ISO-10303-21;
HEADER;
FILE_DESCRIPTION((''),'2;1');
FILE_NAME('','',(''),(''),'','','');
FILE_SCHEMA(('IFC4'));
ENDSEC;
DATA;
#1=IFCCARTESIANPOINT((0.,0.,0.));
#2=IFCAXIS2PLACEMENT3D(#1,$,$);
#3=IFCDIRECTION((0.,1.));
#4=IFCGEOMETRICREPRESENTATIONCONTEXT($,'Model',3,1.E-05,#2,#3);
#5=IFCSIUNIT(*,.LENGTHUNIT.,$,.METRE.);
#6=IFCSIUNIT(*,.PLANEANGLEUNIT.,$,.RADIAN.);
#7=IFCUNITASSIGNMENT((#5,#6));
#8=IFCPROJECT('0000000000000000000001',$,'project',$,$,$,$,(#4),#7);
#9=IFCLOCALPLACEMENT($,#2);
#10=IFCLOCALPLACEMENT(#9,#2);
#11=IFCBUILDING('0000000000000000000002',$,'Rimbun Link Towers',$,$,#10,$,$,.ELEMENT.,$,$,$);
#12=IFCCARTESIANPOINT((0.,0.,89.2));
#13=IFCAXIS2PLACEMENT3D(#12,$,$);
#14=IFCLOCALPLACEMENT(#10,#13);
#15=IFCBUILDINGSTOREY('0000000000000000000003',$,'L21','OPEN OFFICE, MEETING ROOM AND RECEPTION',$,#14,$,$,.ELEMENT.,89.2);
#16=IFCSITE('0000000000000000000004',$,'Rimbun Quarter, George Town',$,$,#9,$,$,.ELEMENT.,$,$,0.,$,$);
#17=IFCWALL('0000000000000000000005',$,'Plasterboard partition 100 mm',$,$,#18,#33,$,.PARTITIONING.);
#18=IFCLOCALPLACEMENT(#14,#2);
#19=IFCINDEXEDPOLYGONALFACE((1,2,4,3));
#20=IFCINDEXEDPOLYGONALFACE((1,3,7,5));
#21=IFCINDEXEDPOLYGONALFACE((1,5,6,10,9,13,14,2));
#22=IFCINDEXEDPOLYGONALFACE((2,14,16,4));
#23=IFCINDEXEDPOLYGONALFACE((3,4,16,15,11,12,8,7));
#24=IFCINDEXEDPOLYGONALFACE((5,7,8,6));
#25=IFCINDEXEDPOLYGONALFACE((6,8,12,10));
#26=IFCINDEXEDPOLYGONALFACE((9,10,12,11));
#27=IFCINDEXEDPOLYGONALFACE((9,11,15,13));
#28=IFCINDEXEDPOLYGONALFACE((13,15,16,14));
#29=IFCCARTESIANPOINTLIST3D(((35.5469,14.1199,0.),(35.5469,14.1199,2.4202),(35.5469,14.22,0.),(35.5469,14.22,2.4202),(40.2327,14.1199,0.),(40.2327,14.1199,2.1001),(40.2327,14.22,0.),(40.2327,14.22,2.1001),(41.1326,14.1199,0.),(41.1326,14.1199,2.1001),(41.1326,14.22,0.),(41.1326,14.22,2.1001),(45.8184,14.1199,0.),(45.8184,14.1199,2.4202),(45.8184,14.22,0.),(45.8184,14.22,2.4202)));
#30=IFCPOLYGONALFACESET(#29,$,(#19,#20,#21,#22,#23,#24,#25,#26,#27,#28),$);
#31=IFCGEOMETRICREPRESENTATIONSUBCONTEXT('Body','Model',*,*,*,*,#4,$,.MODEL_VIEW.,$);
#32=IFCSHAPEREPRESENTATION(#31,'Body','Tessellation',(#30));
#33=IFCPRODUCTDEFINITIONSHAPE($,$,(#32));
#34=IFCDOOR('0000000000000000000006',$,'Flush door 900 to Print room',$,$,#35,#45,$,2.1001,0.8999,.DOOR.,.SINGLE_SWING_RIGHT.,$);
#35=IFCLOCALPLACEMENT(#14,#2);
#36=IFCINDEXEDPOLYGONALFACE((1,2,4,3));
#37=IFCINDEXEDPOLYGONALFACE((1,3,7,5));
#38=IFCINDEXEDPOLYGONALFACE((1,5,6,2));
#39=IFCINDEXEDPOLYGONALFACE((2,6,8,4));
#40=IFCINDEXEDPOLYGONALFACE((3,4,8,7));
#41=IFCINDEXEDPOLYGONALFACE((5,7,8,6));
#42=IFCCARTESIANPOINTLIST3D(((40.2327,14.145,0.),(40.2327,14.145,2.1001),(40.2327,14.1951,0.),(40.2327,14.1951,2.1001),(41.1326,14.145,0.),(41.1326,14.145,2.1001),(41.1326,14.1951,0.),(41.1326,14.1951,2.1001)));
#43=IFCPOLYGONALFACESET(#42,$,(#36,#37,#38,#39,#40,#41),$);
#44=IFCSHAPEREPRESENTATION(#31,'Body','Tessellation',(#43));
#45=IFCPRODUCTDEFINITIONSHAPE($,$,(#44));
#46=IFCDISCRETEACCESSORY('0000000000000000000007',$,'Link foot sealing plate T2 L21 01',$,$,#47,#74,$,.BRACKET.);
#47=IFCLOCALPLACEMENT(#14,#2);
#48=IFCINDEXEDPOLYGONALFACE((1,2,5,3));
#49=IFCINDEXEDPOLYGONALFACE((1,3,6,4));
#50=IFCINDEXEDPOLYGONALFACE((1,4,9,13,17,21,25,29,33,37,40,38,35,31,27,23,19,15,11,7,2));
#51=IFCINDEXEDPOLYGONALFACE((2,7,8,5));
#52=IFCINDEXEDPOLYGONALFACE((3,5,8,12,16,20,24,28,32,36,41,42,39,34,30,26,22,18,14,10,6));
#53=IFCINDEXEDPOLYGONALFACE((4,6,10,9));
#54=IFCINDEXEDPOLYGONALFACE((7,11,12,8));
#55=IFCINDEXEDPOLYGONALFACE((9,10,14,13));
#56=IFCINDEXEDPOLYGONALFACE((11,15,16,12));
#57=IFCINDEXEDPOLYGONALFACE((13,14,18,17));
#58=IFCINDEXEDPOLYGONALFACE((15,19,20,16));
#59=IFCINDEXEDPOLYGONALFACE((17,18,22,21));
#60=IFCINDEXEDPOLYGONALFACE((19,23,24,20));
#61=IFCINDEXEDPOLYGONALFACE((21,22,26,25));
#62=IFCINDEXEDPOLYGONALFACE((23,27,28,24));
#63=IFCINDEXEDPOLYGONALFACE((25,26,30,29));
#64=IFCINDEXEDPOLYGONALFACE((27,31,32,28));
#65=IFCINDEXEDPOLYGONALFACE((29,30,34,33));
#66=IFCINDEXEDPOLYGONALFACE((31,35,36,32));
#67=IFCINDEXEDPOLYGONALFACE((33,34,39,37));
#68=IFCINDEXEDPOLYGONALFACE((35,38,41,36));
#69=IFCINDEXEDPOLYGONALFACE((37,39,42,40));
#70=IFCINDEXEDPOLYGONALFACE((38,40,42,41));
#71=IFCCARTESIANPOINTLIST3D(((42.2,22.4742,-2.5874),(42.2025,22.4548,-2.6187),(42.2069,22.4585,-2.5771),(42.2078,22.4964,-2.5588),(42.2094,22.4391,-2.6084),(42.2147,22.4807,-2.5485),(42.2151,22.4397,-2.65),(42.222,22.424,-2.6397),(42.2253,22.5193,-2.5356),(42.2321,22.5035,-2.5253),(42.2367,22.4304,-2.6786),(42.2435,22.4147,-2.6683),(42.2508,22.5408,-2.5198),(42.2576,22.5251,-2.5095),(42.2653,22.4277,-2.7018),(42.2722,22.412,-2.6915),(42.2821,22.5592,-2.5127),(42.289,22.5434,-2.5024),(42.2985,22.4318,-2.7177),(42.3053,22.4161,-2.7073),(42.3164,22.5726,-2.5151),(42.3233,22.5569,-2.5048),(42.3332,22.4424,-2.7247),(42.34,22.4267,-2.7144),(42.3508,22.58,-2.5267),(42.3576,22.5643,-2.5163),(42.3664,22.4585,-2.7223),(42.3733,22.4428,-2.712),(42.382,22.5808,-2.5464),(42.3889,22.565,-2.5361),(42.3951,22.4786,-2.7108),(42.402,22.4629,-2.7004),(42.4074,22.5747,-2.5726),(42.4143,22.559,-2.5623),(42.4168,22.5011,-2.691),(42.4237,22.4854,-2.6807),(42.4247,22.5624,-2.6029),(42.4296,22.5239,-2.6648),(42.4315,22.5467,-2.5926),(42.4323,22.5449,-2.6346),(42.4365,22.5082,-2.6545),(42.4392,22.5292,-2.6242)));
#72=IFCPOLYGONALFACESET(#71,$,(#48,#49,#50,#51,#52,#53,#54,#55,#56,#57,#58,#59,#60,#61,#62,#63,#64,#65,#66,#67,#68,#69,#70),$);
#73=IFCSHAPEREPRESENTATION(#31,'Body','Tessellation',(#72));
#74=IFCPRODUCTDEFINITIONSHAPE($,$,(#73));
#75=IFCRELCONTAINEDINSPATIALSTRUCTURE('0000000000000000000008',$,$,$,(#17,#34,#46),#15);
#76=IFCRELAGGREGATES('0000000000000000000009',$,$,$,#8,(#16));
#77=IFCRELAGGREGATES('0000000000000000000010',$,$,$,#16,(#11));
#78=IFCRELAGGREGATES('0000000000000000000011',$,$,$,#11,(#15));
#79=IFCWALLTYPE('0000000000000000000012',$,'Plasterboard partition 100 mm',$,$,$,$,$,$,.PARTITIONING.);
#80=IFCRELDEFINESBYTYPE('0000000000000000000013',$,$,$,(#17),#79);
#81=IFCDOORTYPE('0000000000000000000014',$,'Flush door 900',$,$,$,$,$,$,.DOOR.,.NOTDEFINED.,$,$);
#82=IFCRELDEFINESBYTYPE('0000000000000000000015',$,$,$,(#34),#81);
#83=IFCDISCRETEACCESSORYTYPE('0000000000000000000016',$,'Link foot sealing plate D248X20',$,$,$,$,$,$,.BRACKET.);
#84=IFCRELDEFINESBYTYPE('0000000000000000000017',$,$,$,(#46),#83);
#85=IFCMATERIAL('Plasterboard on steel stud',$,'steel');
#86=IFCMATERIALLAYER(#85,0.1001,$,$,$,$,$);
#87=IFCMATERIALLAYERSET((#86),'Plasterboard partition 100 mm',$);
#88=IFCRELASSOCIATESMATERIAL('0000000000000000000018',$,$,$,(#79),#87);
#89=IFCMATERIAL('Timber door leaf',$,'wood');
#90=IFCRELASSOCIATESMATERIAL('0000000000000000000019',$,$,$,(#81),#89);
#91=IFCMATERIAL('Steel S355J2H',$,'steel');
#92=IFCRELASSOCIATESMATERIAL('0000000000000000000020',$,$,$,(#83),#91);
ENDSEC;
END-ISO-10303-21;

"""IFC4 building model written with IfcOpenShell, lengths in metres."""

from ifc_helpers import new_model, si_unit, direction, frame, frame_2d, origin, origin_2d, place, context, subcontext, project, spatial, rectangle, circle, extrude, material, layer, layer_set, material_profile, profile_set, type_object, element, fill, save


model = new_model("IFC4")

# Units and contexts
model_context = context("Model", 3, precision=1e-05, world=origin(), true_north=direction((0.0, 1.0)))
body_context = subcontext(model_context, "Body", "Model", "MODEL_VIEW")
ifc_project = project(units=[si_unit("LENGTHUNIT", "METRE"), si_unit("PLANEANGLEUNIT", "RADIAN")], contexts=[model_context])

# Site, building, storey
site_placement = place(None, origin())
site = spatial("IfcSite", under=ifc_project, at=site_placement, Name="Rimbun Quarter, George Town", CompositionType="ELEMENT", RefElevation=0.0)
building_placement = place(site_placement, origin())
building = spatial("IfcBuilding", under=site, at=building_placement, Name="Rimbun Link Towers", CompositionType="ELEMENT")
storey_placement = place(building_placement, frame((0.0, 0.0, 89.2)))
storey = spatial("IfcBuildingStorey", under=building, at=storey_placement, Name="L21", Description="OPEN OFFICE, MEETING ROOM AND RECEPTION", CompositionType="ELEMENT", Elevation=89.2)

# Shared definitions
ifc_material_1 = material(Name="Plasterboard on steel stud", Category="steel")
ifc_layer_1 = layer(ifc_material_1, 0.1001)
ifc_layer_set_1 = layer_set([ifc_layer_1], Name="Plasterboard partition 100 mm")
wall_type = type_object("IfcWallType", Name="Plasterboard partition 100 mm", PredefinedType="PARTITIONING", material=ifc_layer_set_1)

# Wall, opening, door
wall_1_placement = place(storey_placement, frame((45.8184, 14.1699, 0.0), z_axis=(0.0, 0.0, 1.0), x_axis=(-1.0, 0.0, 0.0)))
wall_1 = element("IfcWall", 1, at=wall_1_placement, inside=storey, type_object=wall_type, Name="Plasterboard partition 100 mm", PredefinedType="PARTITIONING", context=body_context, shape_type="SweptSolid", body=[
    extrude(rectangle(XDim=10.2715, YDim=0.1001, at=frame_2d((5.1357, 0.0))), origin(), (0.0, 0.0, 1.0), 2.4202),
])
opening_placement = place(wall_1_placement, frame((4.6858, 0.0, 0.0)))
opening = element("IfcOpeningElement", 2, at=opening_placement, cuts=wall_1, PredefinedType="OPENING", context=body_context, shape_type="SweptSolid", body=[
    extrude(rectangle(XDim=0.8999, YDim=2.1001, at=frame_2d((0.45, 1.05))), frame((0.0, 0.0601, 0.0), z_axis=(0.0, -1.0, 0.0), x_axis=(1.0, 0.0, 0.0)), (0.0, 0.0, 1.0), 0.1201),
])
ifc_material_2 = material(Name="Timber door leaf", Category="wood")
door_type = type_object("IfcDoorType", Name="Flush door 900", OperationType="NOTDEFINED", PredefinedType="DOOR", material=ifc_material_2)
door_placement = place(opening_placement, origin())
door = element("IfcDoor", 3, at=door_placement, inside=storey, type_object=door_type, Name="Flush door 900 to Print room", OperationType="SINGLE_SWING_RIGHT", OverallHeight=2.1001, OverallWidth=0.8999, PredefinedType="DOOR", context=body_context, shape_type="SweptSolid", body=[
    extrude(rectangle(XDim=0.8999, YDim=2.1001, at=frame_2d((0.45, 1.05))), frame((0.0, 0.0249, 0.0), z_axis=(0.0, -1.0, 0.0), x_axis=(1.0, 0.0, 0.0)), (0.0, 0.0, 1.0), 0.05),
])
fill(opening, door)

# Discrete accessory
ifc_material_3 = material(Name="Steel S355J2H", Category="steel")
ifc_material_profile_1 = material_profile(ifc_material_3, circle(Radius=0.124, at=origin_2d()), Name="PL D248")
ifc_profile_set_1 = profile_set([ifc_material_profile_1], Name="Steel S355J2H")
discrete_accessory_type = type_object("IfcDiscreteAccessoryType", Name="Link foot sealing plate D248X20", PredefinedType="BRACKET", material=ifc_profile_set_1)
discrete_accessory_placement = place(storey_placement, frame((42.323, 22.4888, -2.6084), z_axis=(-0.343513, 0.785173, -0.51527), x_axis=(-0.916157, -0.400819, 0.0)))
element("IfcDiscreteAccessory", 4, at=discrete_accessory_placement, inside=storey, type_object=discrete_accessory_type, Name="Link foot sealing plate T2 L21 01", PredefinedType="BRACKET", context=body_context, shape_type="SweptSolid", body=[
    extrude(circle(Radius=0.124, at=origin_2d()), origin(), (0.0, 0.0, 1.0), 0.02),
])

save(model, "model.ifc")
